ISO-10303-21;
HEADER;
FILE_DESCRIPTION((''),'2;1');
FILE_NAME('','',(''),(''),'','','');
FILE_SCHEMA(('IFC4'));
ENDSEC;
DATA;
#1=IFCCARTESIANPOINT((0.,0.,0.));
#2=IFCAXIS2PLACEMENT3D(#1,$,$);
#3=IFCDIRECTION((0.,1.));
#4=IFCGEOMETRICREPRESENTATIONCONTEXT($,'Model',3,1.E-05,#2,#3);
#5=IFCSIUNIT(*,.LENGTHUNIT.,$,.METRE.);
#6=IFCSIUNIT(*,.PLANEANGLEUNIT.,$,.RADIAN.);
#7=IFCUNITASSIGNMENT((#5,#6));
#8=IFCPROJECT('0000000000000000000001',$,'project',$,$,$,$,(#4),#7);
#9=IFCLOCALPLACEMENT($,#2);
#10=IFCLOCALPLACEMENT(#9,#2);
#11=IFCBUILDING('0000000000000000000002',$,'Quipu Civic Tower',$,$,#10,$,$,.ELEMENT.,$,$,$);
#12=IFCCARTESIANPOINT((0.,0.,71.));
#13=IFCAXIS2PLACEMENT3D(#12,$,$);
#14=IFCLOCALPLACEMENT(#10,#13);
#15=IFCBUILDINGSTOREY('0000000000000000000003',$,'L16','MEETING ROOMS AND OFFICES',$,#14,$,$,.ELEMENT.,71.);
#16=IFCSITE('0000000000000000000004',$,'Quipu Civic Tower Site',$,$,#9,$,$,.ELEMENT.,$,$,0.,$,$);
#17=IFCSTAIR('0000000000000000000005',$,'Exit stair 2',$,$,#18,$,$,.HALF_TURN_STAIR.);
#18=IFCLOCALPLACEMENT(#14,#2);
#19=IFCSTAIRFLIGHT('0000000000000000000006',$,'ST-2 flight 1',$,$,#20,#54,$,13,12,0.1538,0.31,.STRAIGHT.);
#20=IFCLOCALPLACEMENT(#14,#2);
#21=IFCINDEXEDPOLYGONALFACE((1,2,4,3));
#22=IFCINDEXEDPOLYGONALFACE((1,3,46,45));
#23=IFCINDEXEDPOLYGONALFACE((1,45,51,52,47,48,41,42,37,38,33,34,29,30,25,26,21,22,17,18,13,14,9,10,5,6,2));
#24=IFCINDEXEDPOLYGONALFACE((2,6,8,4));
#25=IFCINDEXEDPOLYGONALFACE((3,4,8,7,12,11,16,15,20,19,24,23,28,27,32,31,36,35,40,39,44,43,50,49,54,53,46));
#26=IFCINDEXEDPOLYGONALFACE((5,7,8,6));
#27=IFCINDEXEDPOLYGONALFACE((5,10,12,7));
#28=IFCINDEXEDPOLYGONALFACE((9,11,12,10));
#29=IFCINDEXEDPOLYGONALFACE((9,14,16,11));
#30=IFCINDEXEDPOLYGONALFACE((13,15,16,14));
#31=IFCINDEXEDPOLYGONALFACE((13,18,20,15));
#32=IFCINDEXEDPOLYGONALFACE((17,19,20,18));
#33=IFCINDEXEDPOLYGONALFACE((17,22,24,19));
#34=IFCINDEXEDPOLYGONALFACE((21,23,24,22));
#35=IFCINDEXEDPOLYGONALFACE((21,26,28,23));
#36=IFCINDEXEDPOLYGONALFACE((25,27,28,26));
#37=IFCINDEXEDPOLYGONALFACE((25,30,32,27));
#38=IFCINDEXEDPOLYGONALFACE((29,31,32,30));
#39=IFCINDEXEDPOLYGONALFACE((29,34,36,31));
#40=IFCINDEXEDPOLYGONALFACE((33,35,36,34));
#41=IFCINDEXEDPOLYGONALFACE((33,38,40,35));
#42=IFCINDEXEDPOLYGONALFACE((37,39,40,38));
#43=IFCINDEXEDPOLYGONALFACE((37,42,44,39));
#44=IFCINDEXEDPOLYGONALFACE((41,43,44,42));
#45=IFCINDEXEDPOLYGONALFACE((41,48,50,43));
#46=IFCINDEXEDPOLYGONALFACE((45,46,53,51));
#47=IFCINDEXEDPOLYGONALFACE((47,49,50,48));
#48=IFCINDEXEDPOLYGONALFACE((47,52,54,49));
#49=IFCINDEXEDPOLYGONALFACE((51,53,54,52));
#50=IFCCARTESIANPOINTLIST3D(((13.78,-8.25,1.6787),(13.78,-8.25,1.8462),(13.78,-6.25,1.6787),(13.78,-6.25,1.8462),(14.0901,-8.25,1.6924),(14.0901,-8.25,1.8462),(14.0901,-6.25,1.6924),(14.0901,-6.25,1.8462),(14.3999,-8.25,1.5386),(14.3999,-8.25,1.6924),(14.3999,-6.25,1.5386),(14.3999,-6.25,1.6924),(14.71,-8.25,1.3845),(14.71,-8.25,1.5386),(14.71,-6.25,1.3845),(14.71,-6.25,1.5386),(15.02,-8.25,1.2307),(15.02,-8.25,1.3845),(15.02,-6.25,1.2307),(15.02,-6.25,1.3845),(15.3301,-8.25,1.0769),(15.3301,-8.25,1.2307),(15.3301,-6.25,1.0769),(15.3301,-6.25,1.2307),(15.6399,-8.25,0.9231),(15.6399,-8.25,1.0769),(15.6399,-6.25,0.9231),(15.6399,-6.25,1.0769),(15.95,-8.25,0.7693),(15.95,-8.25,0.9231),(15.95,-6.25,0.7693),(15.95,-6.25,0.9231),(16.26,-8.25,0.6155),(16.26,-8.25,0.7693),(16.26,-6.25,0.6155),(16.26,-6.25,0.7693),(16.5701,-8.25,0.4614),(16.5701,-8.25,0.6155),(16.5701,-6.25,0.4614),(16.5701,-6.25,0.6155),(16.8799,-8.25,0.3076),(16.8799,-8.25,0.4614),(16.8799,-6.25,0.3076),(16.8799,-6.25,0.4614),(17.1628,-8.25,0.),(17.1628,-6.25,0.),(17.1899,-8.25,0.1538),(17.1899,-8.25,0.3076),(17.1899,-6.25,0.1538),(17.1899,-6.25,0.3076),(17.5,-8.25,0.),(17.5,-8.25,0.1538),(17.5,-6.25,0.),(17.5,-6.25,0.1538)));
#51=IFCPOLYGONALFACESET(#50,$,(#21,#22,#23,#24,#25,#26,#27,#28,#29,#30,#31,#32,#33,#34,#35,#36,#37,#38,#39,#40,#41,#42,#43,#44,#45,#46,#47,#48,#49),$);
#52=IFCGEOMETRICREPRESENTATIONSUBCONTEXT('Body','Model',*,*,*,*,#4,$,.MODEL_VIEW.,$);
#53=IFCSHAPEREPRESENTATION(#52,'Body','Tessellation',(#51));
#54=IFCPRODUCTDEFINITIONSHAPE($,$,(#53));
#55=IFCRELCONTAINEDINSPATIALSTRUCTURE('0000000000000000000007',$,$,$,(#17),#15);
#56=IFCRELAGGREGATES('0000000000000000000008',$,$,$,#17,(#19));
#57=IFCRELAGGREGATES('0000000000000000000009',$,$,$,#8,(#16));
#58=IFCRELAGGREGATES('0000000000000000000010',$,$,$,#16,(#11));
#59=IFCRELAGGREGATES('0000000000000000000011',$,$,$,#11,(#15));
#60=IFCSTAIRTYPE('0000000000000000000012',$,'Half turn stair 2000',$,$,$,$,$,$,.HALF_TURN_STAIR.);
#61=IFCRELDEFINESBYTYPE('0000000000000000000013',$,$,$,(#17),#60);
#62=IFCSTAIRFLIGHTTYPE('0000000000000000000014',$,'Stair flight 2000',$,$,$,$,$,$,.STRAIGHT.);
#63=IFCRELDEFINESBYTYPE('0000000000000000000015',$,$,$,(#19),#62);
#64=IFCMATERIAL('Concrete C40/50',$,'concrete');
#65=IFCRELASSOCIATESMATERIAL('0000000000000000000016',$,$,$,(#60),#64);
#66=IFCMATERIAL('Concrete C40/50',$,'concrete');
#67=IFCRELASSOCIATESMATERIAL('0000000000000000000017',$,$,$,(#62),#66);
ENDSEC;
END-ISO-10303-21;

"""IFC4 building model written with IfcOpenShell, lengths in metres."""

from ifc_helpers import new_model, si_unit, direction, frame, origin, place, context, subcontext, project, spatial, polyline, outline, extrude, material, type_object, element, aggregate, save


model = new_model("IFC4")

# Units and contexts
model_context = context("Model", 3, precision=1e-05, world=origin(), true_north=direction((0.0, 1.0)))
body_context = subcontext(model_context, "Body", "Model", "MODEL_VIEW")
ifc_project = project(units=[si_unit("LENGTHUNIT", "METRE"), si_unit("PLANEANGLEUNIT", "RADIAN")], contexts=[model_context])

# Site, building, storey
site_placement = place(None, origin())
site = spatial("IfcSite", under=ifc_project, at=site_placement, Name="Quipu Civic Tower Site", CompositionType="ELEMENT", RefElevation=0.0)
building_placement = place(site_placement, origin())
building = spatial("IfcBuilding", under=site, at=building_placement, Name="Quipu Civic Tower", CompositionType="ELEMENT")
storey_placement = place(building_placement, frame((0.0, 0.0, 71.0)))
storey = spatial("IfcBuildingStorey", under=building, at=storey_placement, Name="L16", Description="MEETING ROOMS AND OFFICES", CompositionType="ELEMENT", Elevation=71.0)

# Stair, stair flight
ifc_material_1 = material(Name="Concrete C40/50", Category="concrete")
stair_type = type_object("IfcStairType", Name="Half turn stair 2000", PredefinedType="HALF_TURN_STAIR", material=ifc_material_1)
stair_placement = place(storey_placement, origin())
stair = element("IfcStair", 1, at=stair_placement, inside=storey, type_object=stair_type, Name="Exit stair 2", PredefinedType="HALF_TURN_STAIR")
ifc_material_2 = material(Name="Concrete C40/50", Category="concrete")
stair_flight_type = type_object("IfcStairFlightType", Name="Stair flight 2000", PredefinedType="STRAIGHT", material=ifc_material_2)
stair_flight_placement = place(storey_placement, frame((17.5, -7.25, 0.0), z_axis=(0.0, 0.0, 1.0), x_axis=(-1.0, 0.0, 0.0)))
stair_flight = element("IfcStairFlight", 2, at=stair_flight_placement, type_object=stair_flight_type, Name="ST-2 flight 1", NumberOfRisers=13, NumberOfTreads=12, PredefinedType="STRAIGHT", RiserHeight=0.1538, TreadLength=0.31, context=body_context, shape_type="SweptSolid", body=[
    extrude(outline(polyline([(0.0, 0.0), (0.0, 0.1538), (0.3101, 0.1538), (0.3101, 0.3076), (0.6201, 0.3076), (0.6201, 0.4614), (0.9299, 0.4614), (0.9299, 0.6155), (1.24, 0.6155), (1.24, 0.7693), (1.55, 0.7693), (1.55, 0.9231), (1.8601, 0.9231), (1.8601, 1.0769), (2.1699, 1.0769), (2.1699, 1.2307), (2.48, 1.2307), (2.48, 1.3845), (2.79, 1.3845), (2.79, 1.5386), (3.1001, 1.5386), (3.1001, 1.6924), (3.4099, 1.6924), (3.4099, 1.8462), (3.72, 1.8462), (3.72, 2.0), (3.72, 1.6787), (0.3372, 0.0), (0.0, 0.0)])), frame((0.0, 1.0, 0.0), z_axis=(0.0, -1.0, 0.0), x_axis=(1.0, 0.0, 0.0)), (0.0, 0.0, 1.0), 2.0),
])
aggregate(stair, [stair_flight])

save(model, "model.ifc")
